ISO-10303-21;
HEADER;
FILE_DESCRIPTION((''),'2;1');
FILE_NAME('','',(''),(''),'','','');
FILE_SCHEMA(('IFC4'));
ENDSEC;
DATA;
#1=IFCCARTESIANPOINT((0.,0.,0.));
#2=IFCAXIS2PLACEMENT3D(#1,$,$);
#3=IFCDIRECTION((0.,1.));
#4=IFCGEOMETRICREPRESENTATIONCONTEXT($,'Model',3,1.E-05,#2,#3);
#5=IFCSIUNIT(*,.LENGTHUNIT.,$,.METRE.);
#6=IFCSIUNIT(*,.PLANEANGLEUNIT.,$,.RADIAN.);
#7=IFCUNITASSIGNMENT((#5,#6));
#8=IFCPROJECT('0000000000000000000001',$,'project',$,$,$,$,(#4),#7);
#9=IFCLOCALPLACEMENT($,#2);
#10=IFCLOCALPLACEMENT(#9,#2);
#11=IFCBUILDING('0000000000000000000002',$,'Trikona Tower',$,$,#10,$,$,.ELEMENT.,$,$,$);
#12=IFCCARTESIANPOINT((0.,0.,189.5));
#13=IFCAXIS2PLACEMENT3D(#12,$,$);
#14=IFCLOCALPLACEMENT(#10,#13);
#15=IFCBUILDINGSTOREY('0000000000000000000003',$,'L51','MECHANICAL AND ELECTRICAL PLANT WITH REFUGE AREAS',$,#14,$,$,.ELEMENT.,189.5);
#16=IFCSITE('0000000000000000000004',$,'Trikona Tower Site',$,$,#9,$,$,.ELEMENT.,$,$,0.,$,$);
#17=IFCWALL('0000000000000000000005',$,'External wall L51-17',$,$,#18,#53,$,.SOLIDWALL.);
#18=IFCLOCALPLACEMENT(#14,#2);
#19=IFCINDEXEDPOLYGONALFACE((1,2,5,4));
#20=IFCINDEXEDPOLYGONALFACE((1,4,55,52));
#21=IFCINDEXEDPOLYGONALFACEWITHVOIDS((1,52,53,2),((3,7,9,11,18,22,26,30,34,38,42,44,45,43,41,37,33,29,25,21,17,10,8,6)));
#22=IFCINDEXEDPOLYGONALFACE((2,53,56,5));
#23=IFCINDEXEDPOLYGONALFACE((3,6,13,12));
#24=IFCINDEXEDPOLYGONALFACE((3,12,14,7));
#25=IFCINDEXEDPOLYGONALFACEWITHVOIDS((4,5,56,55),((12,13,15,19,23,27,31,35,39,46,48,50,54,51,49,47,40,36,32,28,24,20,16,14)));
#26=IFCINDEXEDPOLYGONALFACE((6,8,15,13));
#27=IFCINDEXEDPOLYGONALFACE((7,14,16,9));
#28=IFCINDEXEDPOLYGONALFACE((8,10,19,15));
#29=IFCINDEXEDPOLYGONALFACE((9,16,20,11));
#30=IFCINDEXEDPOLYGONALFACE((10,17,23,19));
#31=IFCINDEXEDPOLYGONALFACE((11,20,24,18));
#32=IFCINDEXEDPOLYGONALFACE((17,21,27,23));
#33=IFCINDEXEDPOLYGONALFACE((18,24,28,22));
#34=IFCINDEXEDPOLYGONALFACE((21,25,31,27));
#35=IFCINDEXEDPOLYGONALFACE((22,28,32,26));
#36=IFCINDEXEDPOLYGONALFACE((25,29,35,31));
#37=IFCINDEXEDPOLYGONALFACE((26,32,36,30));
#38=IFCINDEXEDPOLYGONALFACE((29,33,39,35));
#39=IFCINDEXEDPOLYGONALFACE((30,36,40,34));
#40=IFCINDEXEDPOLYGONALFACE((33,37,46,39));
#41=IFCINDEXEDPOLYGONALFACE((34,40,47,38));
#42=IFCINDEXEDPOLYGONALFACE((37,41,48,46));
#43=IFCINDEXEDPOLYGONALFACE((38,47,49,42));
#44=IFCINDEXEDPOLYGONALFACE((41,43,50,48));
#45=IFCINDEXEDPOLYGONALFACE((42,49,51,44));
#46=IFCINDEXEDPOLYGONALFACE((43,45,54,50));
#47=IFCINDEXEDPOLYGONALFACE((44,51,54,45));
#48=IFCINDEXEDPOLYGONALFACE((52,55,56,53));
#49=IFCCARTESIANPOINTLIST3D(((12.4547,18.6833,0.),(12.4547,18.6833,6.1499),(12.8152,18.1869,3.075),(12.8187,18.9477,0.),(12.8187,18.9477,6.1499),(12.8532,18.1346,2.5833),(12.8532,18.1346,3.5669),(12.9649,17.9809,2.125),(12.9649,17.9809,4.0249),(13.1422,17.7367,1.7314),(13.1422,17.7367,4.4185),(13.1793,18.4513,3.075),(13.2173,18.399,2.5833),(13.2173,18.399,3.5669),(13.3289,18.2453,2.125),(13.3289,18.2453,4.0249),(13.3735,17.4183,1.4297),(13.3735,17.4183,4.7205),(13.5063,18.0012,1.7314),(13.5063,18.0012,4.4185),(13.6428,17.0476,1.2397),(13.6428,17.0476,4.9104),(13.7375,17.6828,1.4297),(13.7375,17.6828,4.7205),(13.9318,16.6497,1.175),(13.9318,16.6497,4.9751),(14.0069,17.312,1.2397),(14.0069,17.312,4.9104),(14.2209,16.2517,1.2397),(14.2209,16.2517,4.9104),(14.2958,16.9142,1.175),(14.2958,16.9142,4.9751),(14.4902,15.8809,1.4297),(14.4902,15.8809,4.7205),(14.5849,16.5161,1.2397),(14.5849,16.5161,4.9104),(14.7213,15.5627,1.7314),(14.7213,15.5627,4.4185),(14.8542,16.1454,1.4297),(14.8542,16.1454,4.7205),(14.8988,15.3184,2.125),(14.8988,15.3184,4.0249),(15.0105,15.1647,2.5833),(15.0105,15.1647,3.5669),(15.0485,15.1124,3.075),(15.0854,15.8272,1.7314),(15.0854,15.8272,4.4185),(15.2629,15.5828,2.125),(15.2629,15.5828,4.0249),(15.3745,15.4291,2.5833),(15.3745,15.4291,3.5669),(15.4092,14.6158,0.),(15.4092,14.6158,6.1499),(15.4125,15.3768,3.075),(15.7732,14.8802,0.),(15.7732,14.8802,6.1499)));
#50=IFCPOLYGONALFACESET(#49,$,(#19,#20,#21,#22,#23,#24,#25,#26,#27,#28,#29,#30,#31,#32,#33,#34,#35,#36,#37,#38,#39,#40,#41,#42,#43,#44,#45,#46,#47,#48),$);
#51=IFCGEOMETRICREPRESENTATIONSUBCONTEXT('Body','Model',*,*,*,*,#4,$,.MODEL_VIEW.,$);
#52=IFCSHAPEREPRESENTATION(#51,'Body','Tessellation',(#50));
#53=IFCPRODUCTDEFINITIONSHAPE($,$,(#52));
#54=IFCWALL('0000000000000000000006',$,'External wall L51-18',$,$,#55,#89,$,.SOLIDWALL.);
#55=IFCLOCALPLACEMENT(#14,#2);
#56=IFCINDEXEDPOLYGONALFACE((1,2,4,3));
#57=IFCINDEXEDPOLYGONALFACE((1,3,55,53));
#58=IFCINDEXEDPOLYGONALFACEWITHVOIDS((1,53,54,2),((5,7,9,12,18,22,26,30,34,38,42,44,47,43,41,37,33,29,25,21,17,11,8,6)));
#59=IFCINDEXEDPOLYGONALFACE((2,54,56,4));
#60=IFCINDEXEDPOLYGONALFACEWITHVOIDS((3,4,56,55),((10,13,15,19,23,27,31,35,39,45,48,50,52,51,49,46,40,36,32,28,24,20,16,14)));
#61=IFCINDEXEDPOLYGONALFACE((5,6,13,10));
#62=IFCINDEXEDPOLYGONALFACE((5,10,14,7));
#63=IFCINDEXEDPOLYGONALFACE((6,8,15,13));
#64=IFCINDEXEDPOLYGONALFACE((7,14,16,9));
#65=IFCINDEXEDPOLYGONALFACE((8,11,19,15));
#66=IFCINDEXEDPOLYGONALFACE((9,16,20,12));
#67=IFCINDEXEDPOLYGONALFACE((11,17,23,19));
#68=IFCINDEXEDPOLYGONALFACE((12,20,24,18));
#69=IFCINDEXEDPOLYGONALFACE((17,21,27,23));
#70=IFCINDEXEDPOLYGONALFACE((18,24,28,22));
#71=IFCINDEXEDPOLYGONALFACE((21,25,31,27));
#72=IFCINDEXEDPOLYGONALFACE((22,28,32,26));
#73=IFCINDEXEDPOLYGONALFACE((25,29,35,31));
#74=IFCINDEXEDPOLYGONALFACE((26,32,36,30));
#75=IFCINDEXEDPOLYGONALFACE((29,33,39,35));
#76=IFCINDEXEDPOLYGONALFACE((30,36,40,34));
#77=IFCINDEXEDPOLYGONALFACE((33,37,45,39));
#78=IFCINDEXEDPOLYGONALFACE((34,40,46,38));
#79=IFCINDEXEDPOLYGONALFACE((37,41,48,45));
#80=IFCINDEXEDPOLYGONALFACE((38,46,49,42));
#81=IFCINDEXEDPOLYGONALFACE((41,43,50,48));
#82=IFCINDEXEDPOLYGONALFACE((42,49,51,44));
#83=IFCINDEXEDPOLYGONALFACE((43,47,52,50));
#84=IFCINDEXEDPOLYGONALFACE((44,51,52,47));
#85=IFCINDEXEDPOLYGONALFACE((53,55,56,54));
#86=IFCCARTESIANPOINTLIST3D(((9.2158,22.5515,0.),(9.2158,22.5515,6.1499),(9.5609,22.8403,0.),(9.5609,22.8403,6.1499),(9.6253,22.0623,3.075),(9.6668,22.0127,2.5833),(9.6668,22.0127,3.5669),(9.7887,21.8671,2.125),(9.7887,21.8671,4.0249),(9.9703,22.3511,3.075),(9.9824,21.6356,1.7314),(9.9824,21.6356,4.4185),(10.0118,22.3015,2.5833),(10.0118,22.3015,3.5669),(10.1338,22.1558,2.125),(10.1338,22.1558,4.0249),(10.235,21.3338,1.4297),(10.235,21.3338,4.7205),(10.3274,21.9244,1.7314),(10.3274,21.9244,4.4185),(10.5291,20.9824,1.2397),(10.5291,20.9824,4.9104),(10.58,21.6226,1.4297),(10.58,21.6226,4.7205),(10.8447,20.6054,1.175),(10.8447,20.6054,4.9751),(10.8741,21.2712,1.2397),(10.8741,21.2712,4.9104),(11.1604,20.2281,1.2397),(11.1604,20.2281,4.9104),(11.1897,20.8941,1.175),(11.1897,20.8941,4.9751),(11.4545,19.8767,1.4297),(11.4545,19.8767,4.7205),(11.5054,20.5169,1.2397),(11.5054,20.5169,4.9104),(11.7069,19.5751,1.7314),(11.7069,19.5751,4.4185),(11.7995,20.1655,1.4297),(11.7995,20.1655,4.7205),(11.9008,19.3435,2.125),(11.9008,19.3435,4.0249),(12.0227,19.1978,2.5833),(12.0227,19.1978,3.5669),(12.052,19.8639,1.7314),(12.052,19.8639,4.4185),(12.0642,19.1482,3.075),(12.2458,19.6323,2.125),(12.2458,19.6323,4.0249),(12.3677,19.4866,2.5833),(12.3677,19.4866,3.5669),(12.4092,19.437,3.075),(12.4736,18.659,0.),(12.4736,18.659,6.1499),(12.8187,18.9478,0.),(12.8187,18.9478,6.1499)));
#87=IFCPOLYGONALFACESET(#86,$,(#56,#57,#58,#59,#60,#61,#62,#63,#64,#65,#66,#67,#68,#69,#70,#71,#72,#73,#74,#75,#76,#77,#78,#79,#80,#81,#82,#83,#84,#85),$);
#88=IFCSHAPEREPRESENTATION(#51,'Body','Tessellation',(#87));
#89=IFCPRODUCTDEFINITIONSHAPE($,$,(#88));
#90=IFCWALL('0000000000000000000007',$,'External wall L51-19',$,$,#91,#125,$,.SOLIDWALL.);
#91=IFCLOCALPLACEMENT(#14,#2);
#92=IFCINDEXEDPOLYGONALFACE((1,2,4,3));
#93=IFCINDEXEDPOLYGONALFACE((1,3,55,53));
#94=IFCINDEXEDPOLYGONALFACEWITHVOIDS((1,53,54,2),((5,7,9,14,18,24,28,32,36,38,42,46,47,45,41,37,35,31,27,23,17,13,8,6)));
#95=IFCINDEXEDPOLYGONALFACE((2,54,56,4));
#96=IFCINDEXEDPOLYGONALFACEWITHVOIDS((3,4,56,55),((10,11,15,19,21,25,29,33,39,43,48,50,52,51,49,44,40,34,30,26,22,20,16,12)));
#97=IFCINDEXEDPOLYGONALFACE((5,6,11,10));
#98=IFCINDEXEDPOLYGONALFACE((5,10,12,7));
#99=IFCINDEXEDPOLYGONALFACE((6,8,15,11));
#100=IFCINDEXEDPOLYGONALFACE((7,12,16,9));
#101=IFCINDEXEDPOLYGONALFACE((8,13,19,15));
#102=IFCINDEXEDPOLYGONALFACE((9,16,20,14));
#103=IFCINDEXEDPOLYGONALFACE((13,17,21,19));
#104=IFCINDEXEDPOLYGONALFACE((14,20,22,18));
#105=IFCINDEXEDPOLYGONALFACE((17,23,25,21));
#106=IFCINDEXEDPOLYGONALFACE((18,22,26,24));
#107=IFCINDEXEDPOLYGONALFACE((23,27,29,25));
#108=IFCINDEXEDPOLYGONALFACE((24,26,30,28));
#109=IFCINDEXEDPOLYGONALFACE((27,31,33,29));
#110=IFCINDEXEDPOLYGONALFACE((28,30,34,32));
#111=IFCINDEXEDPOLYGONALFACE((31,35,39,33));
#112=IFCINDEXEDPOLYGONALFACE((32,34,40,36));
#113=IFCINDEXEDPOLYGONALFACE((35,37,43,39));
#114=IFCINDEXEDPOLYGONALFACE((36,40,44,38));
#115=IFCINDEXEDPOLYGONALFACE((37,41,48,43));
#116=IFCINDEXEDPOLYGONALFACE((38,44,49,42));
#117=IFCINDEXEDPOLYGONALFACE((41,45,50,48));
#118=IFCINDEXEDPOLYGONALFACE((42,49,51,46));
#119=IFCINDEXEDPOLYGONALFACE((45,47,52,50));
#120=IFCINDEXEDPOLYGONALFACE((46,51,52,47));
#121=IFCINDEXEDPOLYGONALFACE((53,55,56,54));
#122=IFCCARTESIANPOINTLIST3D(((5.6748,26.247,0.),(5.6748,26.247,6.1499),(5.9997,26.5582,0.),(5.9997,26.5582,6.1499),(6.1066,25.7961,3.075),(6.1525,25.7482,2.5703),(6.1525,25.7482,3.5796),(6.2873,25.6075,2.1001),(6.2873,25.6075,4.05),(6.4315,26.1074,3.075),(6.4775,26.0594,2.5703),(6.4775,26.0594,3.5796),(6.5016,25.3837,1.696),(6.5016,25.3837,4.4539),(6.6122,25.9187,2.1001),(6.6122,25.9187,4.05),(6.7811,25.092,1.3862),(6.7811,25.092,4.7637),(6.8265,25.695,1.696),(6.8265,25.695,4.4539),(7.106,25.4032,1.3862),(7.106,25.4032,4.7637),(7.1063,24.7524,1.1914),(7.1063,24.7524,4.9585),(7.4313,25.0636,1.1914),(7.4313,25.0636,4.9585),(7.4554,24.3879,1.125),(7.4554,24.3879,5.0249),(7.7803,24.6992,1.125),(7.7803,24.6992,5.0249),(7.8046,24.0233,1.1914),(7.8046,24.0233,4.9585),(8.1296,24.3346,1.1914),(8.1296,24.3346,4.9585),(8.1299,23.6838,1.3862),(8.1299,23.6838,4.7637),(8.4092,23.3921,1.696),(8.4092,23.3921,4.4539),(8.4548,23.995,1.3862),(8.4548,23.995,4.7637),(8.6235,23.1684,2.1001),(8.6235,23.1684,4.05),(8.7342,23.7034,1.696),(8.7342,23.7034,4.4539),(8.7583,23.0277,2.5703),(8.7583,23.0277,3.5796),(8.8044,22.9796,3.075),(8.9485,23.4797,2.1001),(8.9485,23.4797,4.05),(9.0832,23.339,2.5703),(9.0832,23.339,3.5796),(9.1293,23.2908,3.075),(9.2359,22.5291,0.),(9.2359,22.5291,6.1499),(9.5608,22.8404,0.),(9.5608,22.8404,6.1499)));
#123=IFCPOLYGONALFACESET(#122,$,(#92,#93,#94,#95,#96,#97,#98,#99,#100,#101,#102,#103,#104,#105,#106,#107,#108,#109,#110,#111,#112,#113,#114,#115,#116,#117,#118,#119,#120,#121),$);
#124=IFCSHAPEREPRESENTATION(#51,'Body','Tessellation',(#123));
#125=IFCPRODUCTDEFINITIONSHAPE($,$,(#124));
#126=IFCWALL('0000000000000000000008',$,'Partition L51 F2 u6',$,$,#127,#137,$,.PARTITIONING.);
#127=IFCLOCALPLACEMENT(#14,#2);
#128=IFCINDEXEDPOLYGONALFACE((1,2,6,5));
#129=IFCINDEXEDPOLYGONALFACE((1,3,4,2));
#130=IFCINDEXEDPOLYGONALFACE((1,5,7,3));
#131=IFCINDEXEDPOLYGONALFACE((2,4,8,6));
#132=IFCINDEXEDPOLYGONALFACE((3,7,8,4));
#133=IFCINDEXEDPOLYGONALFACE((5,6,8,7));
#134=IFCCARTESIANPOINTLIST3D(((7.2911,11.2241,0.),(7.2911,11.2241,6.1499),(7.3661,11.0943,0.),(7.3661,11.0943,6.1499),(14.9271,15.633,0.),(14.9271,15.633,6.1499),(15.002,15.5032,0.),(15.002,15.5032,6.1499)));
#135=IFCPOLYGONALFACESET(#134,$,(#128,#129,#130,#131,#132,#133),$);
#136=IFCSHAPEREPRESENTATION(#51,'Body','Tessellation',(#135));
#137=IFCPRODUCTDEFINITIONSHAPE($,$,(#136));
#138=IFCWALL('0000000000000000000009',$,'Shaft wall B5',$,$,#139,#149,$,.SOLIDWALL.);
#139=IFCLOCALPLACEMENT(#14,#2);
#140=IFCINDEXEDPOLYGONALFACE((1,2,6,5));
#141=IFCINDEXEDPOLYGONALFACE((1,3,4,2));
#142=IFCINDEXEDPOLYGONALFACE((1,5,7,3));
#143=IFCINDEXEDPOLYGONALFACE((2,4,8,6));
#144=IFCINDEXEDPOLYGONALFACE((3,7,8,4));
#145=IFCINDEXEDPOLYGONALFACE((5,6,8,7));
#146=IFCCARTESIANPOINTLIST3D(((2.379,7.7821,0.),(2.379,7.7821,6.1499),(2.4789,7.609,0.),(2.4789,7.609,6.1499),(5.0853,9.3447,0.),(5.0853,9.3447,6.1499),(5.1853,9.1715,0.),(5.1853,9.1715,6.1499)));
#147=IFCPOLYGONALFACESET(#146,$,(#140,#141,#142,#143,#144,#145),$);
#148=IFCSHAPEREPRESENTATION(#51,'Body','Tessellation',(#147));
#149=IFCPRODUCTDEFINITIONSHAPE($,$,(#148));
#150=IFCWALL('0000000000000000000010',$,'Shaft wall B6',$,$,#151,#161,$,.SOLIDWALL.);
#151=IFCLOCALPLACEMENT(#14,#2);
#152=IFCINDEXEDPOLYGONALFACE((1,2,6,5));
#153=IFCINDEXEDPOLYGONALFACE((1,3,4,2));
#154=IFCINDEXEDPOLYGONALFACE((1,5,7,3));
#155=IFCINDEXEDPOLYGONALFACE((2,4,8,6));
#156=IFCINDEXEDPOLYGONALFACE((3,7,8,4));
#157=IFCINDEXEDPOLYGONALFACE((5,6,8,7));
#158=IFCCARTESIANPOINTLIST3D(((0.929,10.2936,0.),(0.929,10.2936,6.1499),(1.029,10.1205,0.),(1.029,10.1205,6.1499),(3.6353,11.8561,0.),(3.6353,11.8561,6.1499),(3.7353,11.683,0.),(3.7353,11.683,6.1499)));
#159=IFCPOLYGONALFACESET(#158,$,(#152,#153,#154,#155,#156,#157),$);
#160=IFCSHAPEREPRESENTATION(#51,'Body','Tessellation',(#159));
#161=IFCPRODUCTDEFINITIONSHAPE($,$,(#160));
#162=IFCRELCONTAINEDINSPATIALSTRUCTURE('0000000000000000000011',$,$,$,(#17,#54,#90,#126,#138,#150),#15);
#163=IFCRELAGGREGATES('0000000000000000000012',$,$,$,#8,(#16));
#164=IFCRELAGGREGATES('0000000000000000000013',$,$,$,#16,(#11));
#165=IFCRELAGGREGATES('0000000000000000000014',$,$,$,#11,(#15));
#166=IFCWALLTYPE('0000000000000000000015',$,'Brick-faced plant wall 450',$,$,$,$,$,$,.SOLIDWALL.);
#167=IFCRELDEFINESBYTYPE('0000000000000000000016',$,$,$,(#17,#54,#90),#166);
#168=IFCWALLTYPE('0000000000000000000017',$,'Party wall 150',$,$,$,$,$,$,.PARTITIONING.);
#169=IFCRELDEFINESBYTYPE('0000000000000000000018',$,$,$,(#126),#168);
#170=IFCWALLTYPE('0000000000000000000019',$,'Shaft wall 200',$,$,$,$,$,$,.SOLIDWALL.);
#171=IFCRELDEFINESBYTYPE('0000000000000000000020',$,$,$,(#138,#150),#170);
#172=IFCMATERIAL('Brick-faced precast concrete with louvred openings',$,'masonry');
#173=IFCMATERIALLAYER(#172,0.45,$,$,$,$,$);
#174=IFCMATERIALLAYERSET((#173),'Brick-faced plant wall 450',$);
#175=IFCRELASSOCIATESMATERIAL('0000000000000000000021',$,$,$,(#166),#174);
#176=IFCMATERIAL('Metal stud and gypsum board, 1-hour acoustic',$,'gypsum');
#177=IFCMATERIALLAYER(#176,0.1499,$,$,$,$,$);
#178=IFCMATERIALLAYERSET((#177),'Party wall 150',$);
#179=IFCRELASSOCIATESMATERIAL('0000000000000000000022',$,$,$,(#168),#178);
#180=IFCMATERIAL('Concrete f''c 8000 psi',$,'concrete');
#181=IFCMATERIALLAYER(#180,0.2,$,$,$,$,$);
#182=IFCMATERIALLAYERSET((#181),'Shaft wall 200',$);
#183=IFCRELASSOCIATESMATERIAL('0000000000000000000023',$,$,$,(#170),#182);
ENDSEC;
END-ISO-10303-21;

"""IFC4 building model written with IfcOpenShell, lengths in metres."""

from ifc_helpers import new_model, si_unit, direction, frame, frame_2d, origin, place, context, subcontext, project, spatial, polyline, rectangle, outline, extrude, material, layer, layer_set, type_object, element, save


model = new_model("IFC4")

# Units and contexts
model_context = context("Model", 3, precision=1e-05, world=origin(), true_north=direction((0.0, 1.0)))
body_context = subcontext(model_context, "Body", "Model", "MODEL_VIEW")
ifc_project = project(units=[si_unit("LENGTHUNIT", "METRE"), si_unit("PLANEANGLEUNIT", "RADIAN")], contexts=[model_context])

# Site, building, storey
site_placement = place(None, origin())
site = spatial("IfcSite", under=ifc_project, at=site_placement, Name="Trikona Tower Site", CompositionType="ELEMENT", RefElevation=0.0)
building_placement = place(site_placement, origin())
building = spatial("IfcBuilding", under=site, at=building_placement, Name="Trikona Tower", CompositionType="ELEMENT")
storey_placement = place(building_placement, frame((0.0, 0.0, 189.5)))
storey = spatial("IfcBuildingStorey", under=building, at=storey_placement, Name="L51", Description="MECHANICAL AND ELECTRICAL PLANT WITH REFUGE AREAS", CompositionType="ELEMENT", Elevation=189.5)

# Walls
ifc_material_1 = material(Name="Brick-faced precast concrete with louvred openings", Category="masonry")
ifc_layer_1 = layer(ifc_material_1, 0.45)
ifc_layer_set_1 = layer_set([ifc_layer_1], Name="Brick-faced plant wall 450")
wall_type_1 = type_object("IfcWallType", Name="Brick-faced plant wall 450", PredefinedType="SOLIDWALL", material=ifc_layer_set_1)
wall_1_placement = place(storey_placement, frame((15.5913, 14.748, 0.0), z_axis=(0.0, 0.0, 1.0), x_axis=(-0.587692, 0.809085, 0.0)))
element("IfcWall", 1, at=wall_1_placement, inside=storey, type_object=wall_type_1, Name="External wall L51-17", PredefinedType="SOLIDWALL", context=body_context, shape_type="SweptSolid", body=[
    extrude(outline(polyline([(0.0, 0.0), (5.0273, 0.0), (5.0273, 6.1499), (0.0, 6.1499), (0.0, 0.0)]), holes=[polyline([(4.4138, 3.075), (4.3491, 3.5669), (4.1592, 4.0249), (3.8574, 4.4185), (3.4639, 4.7205), (3.0056, 4.9104), (2.5139, 4.9751), (2.022, 4.9104), (1.5637, 4.7205), (1.1704, 4.4185), (0.8684, 4.0249), (0.6785, 3.5669), (0.6138, 3.075), (0.6785, 2.5833), (0.8684, 2.125), (1.1704, 1.7314), (1.5637, 1.4297), (2.022, 1.2397), (2.5139, 1.175), (3.0056, 1.2397), (3.4639, 1.4297), (3.8574, 1.7314), (4.1592, 2.125), (4.3491, 2.5833), (4.4138, 3.075)])]), frame((0.0, 0.2251, 0.0), z_axis=(0.0, -1.0, 0.0), x_axis=(1.0, 0.0, 0.0)), (0.0, 0.0, 1.0), 0.45),
])
wall_2_placement = place(storey_placement, frame((12.6462, 18.8035, 0.0), z_axis=(0.0, 0.0, 1.0), x_axis=(-0.64181, 0.766863, 0.0)))
element("IfcWall", 2, at=wall_2_placement, inside=storey, type_object=wall_type_1, Name="External wall L51-18", PredefinedType="SOLIDWALL", context=body_context, shape_type="SweptSolid", body=[
    extrude(outline(polyline([(0.0, 0.0), (5.0759, 0.0), (5.0759, 6.1499), (0.0, 6.1499), (0.0, 0.0)]), holes=[polyline([(4.438, 3.075), (4.3733, 3.5669), (4.1833, 4.0249), (3.8816, 4.4185), (3.488, 4.7205), (3.0298, 4.9104), (2.5381, 4.9751), (2.0461, 4.9104), (1.5879, 4.7205), (1.1946, 4.4185), (0.8926, 4.0249), (0.7026, 3.5669), (0.6379, 3.075), (0.7026, 2.5833), (0.8926, 2.125), (1.1946, 1.7314), (1.5879, 1.4297), (2.0461, 1.2397), (2.5381, 1.175), (3.0298, 1.2397), (3.488, 1.4297), (3.8816, 1.7314), (4.1833, 2.125), (4.3733, 2.5833), (4.438, 3.075)])]), frame((0.0, 0.2251, 0.0), z_axis=(0.0, -1.0, 0.0), x_axis=(1.0, 0.0, 0.0)), (0.0, 0.0, 1.0), 0.45),
])
wall_3_placement = place(storey_placement, frame((9.3984, 22.6848, 0.0), z_axis=(0.0, 0.0, 1.0), x_axis=(-0.69172, 0.722166, 0.0)))
element("IfcWall", 3, at=wall_3_placement, inside=storey, type_object=wall_type_1, Name="External wall L51-19", PredefinedType="SOLIDWALL", context=body_context, shape_type="SweptSolid", body=[
    extrude(outline(polyline([(0.0, 0.0), (5.1482, 0.0), (5.1482, 6.1499), (0.0, 6.1499), (0.0, 0.0)]), holes=[polyline([(4.5239, 3.075), (4.4575, 3.5796), (4.2627, 4.05), (3.9529, 4.4539), (3.5488, 4.7637), (3.0786, 4.9585), (2.574, 5.0249), (2.0691, 4.9585), (1.5989, 4.7637), (1.1951, 4.4539), (0.8853, 4.05), (0.6904, 3.5796), (0.6238, 3.075), (0.6904, 2.5703), (0.8853, 2.1001), (1.1951, 1.696), (1.5989, 1.3862), (2.0691, 1.1914), (2.574, 1.125), (3.0786, 1.1914), (3.5488, 1.3862), (3.9529, 1.696), (4.2627, 2.1001), (4.4575, 2.5703), (4.5239, 3.075)])]), frame((0.0, 0.2251, 0.0), z_axis=(0.0, -1.0, 0.0), x_axis=(1.0, 0.0, 0.0)), (0.0, 0.0, 1.0), 0.45),
])
ifc_material_2 = material(Name="Metal stud and gypsum board, 1-hour acoustic", Category="gypsum")
ifc_layer_2 = layer(ifc_material_2, 0.1499)
ifc_layer_set_2 = layer_set([ifc_layer_2], Name="Party wall 150")
wall_type_2 = type_object("IfcWallType", Name="Party wall 150", PredefinedType="PARTITIONING", material=ifc_layer_set_2)
wall_4_placement = place(storey_placement, frame((7.3286, 11.1592, 0.0), z_axis=(0.0, 0.0, 1.0), x_axis=(0.866011, 0.500025, 0.0)))
element("IfcWall", 4, at=wall_4_placement, inside=storey, type_object=wall_type_2, Name="Partition L51 F2 u6", PredefinedType="PARTITIONING", context=body_context, shape_type="SweptSolid", body=[
    extrude(rectangle(XDim=8.8174, YDim=0.1499, at=frame_2d((4.4087, 0.0))), origin(), (0.0, 0.0, 1.0), 6.1499),
])
ifc_material_3 = material(Name="Concrete f'c 8000 psi", Category="concrete")
ifc_layer_3 = layer(ifc_material_3, 0.2)
ifc_layer_set_3 = layer_set([ifc_layer_3], Name="Shaft wall 200")
wall_type_3 = type_object("IfcWallType", Name="Shaft wall 200", PredefinedType="SOLIDWALL", material=ifc_layer_set_3)
for number, where, z_axis, x_axis, name in (
    (5, (2.429, 7.6956, 0.0), (0.0, 0.0, 1.0), (0.866023, 0.500004, 0.0), "Shaft wall B5"),
    (6, (0.979, 10.207, 0.0), (0.0, 0.0, 1.0), (0.866023, 0.500004, 0.0), "Shaft wall B6"),
):
    element("IfcWall", number, at=place(storey_placement, frame(where, z_axis=z_axis, x_axis=x_axis)), inside=storey, type_object=wall_type_3, Name=name, PredefinedType="SOLIDWALL", context=body_context, shape_type="SweptSolid", body=[
        extrude(rectangle(XDim=3.125, YDim=0.2, at=frame_2d((1.5625, 0.0))), origin(), (0.0, 0.0, 1.0), 6.1499),
    ])

save(model, "model.ifc")
